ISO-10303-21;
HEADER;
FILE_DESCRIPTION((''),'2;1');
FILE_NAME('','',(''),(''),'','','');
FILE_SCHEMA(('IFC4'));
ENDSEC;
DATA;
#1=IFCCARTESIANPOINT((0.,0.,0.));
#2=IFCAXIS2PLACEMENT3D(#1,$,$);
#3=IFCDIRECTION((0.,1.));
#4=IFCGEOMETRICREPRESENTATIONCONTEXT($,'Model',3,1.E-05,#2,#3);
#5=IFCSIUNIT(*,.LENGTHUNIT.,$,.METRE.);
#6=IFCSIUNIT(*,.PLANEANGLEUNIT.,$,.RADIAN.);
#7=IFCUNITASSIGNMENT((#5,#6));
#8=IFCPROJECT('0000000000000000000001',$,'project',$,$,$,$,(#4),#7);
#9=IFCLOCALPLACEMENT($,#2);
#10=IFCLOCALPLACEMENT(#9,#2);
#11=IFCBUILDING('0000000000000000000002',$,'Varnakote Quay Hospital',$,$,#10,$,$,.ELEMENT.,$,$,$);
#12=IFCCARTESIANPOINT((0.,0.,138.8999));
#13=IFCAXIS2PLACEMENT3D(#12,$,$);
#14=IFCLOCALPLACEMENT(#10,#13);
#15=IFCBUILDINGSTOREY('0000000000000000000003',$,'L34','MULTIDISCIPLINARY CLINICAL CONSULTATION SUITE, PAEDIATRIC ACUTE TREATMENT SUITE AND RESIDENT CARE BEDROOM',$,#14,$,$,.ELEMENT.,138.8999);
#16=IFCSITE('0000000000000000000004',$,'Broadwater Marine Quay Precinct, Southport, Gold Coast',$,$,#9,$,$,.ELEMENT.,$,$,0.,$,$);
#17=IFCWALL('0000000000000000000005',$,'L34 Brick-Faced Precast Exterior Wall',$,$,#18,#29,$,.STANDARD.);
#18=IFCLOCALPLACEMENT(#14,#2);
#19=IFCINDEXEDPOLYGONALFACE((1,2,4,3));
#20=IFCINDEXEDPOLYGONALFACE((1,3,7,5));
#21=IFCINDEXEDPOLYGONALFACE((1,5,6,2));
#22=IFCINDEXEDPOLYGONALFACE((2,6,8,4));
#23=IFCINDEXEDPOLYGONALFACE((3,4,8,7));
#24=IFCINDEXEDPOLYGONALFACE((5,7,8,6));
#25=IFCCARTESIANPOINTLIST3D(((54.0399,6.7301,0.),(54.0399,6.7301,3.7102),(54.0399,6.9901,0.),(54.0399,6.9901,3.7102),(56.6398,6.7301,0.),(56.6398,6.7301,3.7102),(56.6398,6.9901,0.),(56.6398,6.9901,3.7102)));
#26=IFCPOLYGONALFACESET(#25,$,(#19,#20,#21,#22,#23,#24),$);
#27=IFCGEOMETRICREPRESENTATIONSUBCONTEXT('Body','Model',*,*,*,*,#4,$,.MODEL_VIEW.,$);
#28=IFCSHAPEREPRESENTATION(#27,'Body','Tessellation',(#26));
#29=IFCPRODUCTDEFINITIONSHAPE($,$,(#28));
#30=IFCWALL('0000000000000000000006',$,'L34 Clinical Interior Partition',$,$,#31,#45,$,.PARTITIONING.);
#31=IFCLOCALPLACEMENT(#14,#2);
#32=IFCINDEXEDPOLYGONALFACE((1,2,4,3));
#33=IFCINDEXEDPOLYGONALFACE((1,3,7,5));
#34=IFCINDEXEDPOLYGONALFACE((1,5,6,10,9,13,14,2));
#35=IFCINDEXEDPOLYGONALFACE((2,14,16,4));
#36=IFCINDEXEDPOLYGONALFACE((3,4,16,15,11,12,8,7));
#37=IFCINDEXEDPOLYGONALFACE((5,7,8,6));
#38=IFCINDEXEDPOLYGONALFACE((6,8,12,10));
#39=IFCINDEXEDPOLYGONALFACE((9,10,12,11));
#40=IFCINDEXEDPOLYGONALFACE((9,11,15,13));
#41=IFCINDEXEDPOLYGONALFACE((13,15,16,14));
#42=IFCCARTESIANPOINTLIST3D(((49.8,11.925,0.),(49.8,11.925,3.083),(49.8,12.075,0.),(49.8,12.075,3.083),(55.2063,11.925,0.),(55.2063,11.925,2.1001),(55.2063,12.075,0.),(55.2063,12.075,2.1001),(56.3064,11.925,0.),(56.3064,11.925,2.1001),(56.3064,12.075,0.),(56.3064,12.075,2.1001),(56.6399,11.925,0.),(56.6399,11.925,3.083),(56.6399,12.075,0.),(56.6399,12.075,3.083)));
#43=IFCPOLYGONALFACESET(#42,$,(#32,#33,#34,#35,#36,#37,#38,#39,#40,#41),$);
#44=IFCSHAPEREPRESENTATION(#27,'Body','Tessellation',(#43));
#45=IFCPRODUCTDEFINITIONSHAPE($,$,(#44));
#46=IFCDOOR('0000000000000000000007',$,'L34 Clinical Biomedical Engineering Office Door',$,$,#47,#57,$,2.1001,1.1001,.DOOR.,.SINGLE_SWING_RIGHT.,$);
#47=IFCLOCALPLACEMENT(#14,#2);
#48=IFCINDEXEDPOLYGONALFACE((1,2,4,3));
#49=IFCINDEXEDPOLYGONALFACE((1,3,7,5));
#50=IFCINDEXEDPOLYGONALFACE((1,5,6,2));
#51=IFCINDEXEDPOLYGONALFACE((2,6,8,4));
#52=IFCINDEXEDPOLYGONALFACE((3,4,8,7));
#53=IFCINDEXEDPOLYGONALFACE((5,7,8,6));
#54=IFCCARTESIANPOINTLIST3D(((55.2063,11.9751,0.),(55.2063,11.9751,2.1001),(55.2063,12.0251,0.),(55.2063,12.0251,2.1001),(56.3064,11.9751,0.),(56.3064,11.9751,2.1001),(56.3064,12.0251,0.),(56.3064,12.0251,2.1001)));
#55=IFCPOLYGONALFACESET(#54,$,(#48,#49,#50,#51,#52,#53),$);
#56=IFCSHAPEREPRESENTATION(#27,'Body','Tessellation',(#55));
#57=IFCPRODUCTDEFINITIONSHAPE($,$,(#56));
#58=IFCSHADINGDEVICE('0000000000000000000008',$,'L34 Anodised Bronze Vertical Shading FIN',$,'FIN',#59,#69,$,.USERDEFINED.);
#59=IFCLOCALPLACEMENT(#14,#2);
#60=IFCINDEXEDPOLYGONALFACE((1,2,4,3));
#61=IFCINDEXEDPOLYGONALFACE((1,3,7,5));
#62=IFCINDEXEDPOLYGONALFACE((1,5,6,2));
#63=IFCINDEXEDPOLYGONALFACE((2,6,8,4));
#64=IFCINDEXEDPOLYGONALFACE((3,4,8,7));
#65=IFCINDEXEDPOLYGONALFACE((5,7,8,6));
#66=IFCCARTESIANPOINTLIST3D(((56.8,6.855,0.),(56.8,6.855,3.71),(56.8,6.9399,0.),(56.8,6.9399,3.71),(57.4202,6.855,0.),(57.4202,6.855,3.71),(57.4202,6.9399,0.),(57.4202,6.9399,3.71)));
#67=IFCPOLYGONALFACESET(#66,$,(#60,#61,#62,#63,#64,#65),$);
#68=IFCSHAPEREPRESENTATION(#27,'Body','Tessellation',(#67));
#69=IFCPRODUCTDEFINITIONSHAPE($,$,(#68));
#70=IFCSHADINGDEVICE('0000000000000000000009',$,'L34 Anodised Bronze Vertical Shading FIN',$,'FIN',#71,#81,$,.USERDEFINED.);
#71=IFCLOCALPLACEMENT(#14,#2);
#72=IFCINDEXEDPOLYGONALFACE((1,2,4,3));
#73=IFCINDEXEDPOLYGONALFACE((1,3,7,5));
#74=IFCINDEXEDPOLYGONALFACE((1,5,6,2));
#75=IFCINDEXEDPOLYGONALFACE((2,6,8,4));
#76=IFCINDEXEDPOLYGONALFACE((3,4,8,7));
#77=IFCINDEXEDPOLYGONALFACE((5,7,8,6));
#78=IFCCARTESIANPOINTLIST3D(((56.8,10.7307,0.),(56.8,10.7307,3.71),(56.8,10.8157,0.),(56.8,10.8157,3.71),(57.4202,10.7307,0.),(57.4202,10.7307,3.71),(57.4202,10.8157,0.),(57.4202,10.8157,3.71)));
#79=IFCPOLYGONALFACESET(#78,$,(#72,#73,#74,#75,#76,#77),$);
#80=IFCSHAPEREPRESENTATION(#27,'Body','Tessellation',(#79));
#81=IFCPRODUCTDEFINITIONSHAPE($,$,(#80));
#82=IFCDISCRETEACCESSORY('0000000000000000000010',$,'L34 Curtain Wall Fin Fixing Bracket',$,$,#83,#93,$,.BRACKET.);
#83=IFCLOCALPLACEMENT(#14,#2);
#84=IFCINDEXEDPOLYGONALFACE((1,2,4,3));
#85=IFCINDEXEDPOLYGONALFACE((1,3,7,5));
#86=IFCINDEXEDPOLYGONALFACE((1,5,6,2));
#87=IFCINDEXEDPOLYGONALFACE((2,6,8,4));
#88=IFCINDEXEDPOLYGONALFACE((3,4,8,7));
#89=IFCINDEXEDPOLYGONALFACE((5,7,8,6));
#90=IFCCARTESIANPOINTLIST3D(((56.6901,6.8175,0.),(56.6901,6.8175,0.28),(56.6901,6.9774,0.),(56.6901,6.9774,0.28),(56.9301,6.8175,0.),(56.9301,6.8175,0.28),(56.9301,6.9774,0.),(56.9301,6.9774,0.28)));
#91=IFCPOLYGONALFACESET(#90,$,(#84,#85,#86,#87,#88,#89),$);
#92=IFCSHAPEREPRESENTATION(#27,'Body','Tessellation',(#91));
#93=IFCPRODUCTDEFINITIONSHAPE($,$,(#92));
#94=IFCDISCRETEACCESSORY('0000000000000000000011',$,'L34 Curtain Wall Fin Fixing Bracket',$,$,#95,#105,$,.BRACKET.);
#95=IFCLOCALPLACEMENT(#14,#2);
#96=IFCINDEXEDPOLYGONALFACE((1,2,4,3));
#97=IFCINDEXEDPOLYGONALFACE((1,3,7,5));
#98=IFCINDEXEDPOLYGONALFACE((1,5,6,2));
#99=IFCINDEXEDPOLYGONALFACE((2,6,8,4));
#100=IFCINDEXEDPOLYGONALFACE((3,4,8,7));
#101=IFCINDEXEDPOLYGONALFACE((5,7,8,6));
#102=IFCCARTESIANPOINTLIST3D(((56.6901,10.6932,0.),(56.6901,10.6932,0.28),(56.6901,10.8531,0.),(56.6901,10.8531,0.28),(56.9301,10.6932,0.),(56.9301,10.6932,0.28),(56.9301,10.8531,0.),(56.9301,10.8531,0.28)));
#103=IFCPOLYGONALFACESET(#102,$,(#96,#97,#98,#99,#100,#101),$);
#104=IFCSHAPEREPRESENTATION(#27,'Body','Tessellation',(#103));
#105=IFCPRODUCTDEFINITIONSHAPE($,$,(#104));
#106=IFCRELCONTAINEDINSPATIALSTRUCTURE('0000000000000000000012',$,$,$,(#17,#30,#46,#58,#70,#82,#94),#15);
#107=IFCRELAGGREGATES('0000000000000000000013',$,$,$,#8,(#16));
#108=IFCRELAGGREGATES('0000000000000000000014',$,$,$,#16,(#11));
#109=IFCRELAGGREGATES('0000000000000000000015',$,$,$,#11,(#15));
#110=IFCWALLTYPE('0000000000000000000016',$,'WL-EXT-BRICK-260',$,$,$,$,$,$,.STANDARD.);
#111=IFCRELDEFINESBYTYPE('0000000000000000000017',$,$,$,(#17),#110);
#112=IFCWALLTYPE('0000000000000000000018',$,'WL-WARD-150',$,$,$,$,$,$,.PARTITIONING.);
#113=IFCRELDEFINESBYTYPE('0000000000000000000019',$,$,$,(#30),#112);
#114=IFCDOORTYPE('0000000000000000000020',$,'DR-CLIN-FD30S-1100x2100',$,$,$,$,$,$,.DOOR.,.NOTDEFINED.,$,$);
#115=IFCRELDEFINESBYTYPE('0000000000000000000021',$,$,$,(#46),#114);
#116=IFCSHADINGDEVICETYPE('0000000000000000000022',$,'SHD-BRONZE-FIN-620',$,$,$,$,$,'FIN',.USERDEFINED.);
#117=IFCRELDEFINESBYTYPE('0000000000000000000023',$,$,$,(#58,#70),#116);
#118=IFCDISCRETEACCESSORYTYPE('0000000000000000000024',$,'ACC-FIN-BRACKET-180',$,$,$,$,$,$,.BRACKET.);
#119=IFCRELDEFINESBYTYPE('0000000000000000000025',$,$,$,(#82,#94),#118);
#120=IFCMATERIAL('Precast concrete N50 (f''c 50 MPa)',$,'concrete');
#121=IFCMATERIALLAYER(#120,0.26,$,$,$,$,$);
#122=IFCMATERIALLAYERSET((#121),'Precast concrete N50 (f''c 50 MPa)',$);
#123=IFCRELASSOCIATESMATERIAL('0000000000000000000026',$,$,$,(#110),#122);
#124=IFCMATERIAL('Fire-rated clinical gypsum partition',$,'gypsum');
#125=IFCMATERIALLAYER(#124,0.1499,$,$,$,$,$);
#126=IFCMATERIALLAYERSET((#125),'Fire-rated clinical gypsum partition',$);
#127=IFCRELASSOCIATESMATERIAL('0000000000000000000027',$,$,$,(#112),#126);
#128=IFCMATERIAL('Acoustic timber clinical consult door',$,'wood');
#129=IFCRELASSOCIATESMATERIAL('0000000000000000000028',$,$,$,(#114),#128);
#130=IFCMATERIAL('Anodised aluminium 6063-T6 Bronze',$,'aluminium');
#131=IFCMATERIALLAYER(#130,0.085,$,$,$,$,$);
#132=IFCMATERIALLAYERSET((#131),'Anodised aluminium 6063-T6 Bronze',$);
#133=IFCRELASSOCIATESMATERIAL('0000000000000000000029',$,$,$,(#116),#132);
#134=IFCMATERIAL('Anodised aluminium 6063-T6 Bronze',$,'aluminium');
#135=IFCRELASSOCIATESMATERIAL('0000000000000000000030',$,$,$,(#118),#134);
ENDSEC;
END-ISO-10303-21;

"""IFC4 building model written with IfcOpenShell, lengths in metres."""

from ifc_helpers import new_model, si_unit, direction, frame, frame_2d, origin, origin_2d, place, context, subcontext, project, spatial, rectangle, extrude, material, layer, layer_set, type_object, element, fill, save


model = new_model("IFC4")

# Units and contexts
model_context = context("Model", 3, precision=1e-05, world=origin(), true_north=direction((0.0, 1.0)))
body_context = subcontext(model_context, "Body", "Model", "MODEL_VIEW")
ifc_project = project(units=[si_unit("LENGTHUNIT", "METRE"), si_unit("PLANEANGLEUNIT", "RADIAN")], contexts=[model_context])

# Site, building, storey
site_placement = place(None, origin())
site = spatial("IfcSite", under=ifc_project, at=site_placement, Name="Broadwater Marine Quay Precinct, Southport, Gold Coast", CompositionType="ELEMENT", RefElevation=0.0)
building_placement = place(site_placement, origin())
building = spatial("IfcBuilding", under=site, at=building_placement, Name="Varnakote Quay Hospital", CompositionType="ELEMENT")
storey_placement = place(building_placement, frame((0.0, 0.0, 138.8999)))
storey = spatial("IfcBuildingStorey", under=building, at=storey_placement, Name="L34", Description="MULTIDISCIPLINARY CLINICAL CONSULTATION SUITE, PAEDIATRIC ACUTE TREATMENT SUITE AND RESIDENT CARE BEDROOM", CompositionType="ELEMENT", Elevation=138.8999)

# Wall
ifc_material_1 = material(Name="Precast concrete N50 (f'c 50 MPa)", Category="concrete")
ifc_layer_1 = layer(ifc_material_1, 0.26)
ifc_layer_set_1 = layer_set([ifc_layer_1], Name="Precast concrete N50 (f'c 50 MPa)")
wall_type_1 = type_object("IfcWallType", Name="WL-EXT-BRICK-260", PredefinedType="STANDARD", material=ifc_layer_set_1)
wall_1_placement = place(storey_placement, frame((54.04, 6.8601, 0.0), z_axis=(0.0, 0.0, 1.0), x_axis=(1.0, 0.0, 0.0)))
element("IfcWall", 1, at=wall_1_placement, inside=storey, type_object=wall_type_1, Name="L34 Brick-Faced Precast Exterior Wall", PredefinedType="STANDARD", context=body_context, shape_type="SweptSolid", body=[
    extrude(rectangle(XDim=2.5999, YDim=0.26, at=frame_2d((1.2998, 0.0))), origin(), (0.0, 0.0, 1.0), 3.7102),
])

# Wall, opening, door
ifc_material_2 = material(Name="Fire-rated clinical gypsum partition", Category="gypsum")
ifc_layer_2 = layer(ifc_material_2, 0.1499)
ifc_layer_set_2 = layer_set([ifc_layer_2], Name="Fire-rated clinical gypsum partition")
wall_type_2 = type_object("IfcWallType", Name="WL-WARD-150", PredefinedType="PARTITIONING", material=ifc_layer_set_2)
wall_2_placement = place(storey_placement, frame((56.6399, 12.0, 0.0), z_axis=(0.0, 0.0, 1.0), x_axis=(-1.0, 0.0, 0.0)))
wall_2 = element("IfcWall", 2, at=wall_2_placement, inside=storey, type_object=wall_type_2, Name="L34 Clinical Interior Partition", PredefinedType="PARTITIONING", context=body_context, shape_type="SweptSolid", body=[
    extrude(rectangle(XDim=6.8398, YDim=0.1499, at=frame_2d((3.4199, 0.0))), origin(), (0.0, 0.0, 1.0), 3.083),
])
opening_placement = place(wall_2_placement, frame((0.3335, 0.0, 0.0)))
opening = element("IfcOpeningElement", 3, at=opening_placement, cuts=wall_2, PredefinedType="OPENING", context=body_context, shape_type="SweptSolid", body=[
    extrude(rectangle(XDim=1.1001, YDim=2.1001, at=frame_2d((0.55, 1.05))), frame((0.0, 0.085, 0.0), z_axis=(0.0, -1.0, 0.0), x_axis=(1.0, 0.0, 0.0)), (0.0, 0.0, 1.0), 0.1699),
])
ifc_material_3 = material(Name="Acoustic timber clinical consult door", Category="wood")
door_type = type_object("IfcDoorType", Name="DR-CLIN-FD30S-1100x2100", OperationType="NOTDEFINED", PredefinedType="DOOR", material=ifc_material_3)
door_placement = place(opening_placement, origin())
door = element("IfcDoor", 4, at=door_placement, inside=storey, type_object=door_type, Name="L34 Clinical Biomedical Engineering Office Door", OperationType="SINGLE_SWING_RIGHT", OverallHeight=2.1001, OverallWidth=1.1001, PredefinedType="DOOR", context=body_context, shape_type="SweptSolid", body=[
    extrude(rectangle(XDim=1.1001, YDim=2.1001, at=frame_2d((0.55, 1.05))), frame((0.0, 0.0249, 0.0), z_axis=(0.0, -1.0, 0.0), x_axis=(1.0, 0.0, 0.0)), (0.0, 0.0, 1.0), 0.05),
])
fill(opening, door)

# Shading devices
ifc_material_4 = material(Name="Anodised aluminium 6063-T6 Bronze", Category="aluminium")
ifc_layer_3 = layer(ifc_material_4, 0.085)
ifc_layer_set_3 = layer_set([ifc_layer_3], Name="Anodised aluminium 6063-T6 Bronze")
shading_device_type = type_object("IfcShadingDeviceType", Name="SHD-BRONZE-FIN-620", ElementType="FIN", PredefinedType="USERDEFINED", material=ifc_layer_set_3)
for number, where, z_axis, x_axis, name in (
    (5, (57.1101, 6.8975, 0.0), (0.0, 0.0, 1.0), (-1.0, 0.0, 0.0), "L34 Anodised Bronze Vertical Shading FIN"),
    (6, (57.1101, 10.7732, 0.0), (0.0, 0.0, 1.0), (-1.0, 0.0, 0.0), "L34 Anodised Bronze Vertical Shading FIN"),
):
    element("IfcShadingDevice", number, at=place(storey_placement, frame(where, z_axis=z_axis, x_axis=x_axis)), inside=storey, type_object=shading_device_type, Name=name, ObjectType="FIN", PredefinedType="USERDEFINED", context=body_context, shape_type="SweptSolid", body=[
        extrude(rectangle(XDim=0.6201, YDim=0.085, at=origin_2d()), origin(), (0.0, 0.0, 1.0), 3.71),
    ])

# Discrete accessories
ifc_material_5 = material(Name="Anodised aluminium 6063-T6 Bronze", Category="aluminium")
discrete_accessory_type = type_object("IfcDiscreteAccessoryType", Name="ACC-FIN-BRACKET-180", PredefinedType="BRACKET", material=ifc_material_5)
for number, where, z_axis, x_axis, name in (
    (7, (56.8101, 6.8975, 0.0), (0.0, 0.0, 1.0), (0.0, 1.0, 0.0), "L34 Curtain Wall Fin Fixing Bracket"),
    (8, (56.8101, 10.7732, 0.0), (0.0, 0.0, 1.0), (0.0, 1.0, 0.0), "L34 Curtain Wall Fin Fixing Bracket"),
):
    element("IfcDiscreteAccessory", number, at=place(storey_placement, frame(where, z_axis=z_axis, x_axis=x_axis)), inside=storey, type_object=discrete_accessory_type, Name=name, PredefinedType="BRACKET", context=body_context, shape_type="SweptSolid", body=[
        extrude(rectangle(XDim=0.1599, YDim=0.24, at=origin_2d()), origin(), (0.0, 0.0, 1.0), 0.28),
    ])

save(model, "model.ifc")
